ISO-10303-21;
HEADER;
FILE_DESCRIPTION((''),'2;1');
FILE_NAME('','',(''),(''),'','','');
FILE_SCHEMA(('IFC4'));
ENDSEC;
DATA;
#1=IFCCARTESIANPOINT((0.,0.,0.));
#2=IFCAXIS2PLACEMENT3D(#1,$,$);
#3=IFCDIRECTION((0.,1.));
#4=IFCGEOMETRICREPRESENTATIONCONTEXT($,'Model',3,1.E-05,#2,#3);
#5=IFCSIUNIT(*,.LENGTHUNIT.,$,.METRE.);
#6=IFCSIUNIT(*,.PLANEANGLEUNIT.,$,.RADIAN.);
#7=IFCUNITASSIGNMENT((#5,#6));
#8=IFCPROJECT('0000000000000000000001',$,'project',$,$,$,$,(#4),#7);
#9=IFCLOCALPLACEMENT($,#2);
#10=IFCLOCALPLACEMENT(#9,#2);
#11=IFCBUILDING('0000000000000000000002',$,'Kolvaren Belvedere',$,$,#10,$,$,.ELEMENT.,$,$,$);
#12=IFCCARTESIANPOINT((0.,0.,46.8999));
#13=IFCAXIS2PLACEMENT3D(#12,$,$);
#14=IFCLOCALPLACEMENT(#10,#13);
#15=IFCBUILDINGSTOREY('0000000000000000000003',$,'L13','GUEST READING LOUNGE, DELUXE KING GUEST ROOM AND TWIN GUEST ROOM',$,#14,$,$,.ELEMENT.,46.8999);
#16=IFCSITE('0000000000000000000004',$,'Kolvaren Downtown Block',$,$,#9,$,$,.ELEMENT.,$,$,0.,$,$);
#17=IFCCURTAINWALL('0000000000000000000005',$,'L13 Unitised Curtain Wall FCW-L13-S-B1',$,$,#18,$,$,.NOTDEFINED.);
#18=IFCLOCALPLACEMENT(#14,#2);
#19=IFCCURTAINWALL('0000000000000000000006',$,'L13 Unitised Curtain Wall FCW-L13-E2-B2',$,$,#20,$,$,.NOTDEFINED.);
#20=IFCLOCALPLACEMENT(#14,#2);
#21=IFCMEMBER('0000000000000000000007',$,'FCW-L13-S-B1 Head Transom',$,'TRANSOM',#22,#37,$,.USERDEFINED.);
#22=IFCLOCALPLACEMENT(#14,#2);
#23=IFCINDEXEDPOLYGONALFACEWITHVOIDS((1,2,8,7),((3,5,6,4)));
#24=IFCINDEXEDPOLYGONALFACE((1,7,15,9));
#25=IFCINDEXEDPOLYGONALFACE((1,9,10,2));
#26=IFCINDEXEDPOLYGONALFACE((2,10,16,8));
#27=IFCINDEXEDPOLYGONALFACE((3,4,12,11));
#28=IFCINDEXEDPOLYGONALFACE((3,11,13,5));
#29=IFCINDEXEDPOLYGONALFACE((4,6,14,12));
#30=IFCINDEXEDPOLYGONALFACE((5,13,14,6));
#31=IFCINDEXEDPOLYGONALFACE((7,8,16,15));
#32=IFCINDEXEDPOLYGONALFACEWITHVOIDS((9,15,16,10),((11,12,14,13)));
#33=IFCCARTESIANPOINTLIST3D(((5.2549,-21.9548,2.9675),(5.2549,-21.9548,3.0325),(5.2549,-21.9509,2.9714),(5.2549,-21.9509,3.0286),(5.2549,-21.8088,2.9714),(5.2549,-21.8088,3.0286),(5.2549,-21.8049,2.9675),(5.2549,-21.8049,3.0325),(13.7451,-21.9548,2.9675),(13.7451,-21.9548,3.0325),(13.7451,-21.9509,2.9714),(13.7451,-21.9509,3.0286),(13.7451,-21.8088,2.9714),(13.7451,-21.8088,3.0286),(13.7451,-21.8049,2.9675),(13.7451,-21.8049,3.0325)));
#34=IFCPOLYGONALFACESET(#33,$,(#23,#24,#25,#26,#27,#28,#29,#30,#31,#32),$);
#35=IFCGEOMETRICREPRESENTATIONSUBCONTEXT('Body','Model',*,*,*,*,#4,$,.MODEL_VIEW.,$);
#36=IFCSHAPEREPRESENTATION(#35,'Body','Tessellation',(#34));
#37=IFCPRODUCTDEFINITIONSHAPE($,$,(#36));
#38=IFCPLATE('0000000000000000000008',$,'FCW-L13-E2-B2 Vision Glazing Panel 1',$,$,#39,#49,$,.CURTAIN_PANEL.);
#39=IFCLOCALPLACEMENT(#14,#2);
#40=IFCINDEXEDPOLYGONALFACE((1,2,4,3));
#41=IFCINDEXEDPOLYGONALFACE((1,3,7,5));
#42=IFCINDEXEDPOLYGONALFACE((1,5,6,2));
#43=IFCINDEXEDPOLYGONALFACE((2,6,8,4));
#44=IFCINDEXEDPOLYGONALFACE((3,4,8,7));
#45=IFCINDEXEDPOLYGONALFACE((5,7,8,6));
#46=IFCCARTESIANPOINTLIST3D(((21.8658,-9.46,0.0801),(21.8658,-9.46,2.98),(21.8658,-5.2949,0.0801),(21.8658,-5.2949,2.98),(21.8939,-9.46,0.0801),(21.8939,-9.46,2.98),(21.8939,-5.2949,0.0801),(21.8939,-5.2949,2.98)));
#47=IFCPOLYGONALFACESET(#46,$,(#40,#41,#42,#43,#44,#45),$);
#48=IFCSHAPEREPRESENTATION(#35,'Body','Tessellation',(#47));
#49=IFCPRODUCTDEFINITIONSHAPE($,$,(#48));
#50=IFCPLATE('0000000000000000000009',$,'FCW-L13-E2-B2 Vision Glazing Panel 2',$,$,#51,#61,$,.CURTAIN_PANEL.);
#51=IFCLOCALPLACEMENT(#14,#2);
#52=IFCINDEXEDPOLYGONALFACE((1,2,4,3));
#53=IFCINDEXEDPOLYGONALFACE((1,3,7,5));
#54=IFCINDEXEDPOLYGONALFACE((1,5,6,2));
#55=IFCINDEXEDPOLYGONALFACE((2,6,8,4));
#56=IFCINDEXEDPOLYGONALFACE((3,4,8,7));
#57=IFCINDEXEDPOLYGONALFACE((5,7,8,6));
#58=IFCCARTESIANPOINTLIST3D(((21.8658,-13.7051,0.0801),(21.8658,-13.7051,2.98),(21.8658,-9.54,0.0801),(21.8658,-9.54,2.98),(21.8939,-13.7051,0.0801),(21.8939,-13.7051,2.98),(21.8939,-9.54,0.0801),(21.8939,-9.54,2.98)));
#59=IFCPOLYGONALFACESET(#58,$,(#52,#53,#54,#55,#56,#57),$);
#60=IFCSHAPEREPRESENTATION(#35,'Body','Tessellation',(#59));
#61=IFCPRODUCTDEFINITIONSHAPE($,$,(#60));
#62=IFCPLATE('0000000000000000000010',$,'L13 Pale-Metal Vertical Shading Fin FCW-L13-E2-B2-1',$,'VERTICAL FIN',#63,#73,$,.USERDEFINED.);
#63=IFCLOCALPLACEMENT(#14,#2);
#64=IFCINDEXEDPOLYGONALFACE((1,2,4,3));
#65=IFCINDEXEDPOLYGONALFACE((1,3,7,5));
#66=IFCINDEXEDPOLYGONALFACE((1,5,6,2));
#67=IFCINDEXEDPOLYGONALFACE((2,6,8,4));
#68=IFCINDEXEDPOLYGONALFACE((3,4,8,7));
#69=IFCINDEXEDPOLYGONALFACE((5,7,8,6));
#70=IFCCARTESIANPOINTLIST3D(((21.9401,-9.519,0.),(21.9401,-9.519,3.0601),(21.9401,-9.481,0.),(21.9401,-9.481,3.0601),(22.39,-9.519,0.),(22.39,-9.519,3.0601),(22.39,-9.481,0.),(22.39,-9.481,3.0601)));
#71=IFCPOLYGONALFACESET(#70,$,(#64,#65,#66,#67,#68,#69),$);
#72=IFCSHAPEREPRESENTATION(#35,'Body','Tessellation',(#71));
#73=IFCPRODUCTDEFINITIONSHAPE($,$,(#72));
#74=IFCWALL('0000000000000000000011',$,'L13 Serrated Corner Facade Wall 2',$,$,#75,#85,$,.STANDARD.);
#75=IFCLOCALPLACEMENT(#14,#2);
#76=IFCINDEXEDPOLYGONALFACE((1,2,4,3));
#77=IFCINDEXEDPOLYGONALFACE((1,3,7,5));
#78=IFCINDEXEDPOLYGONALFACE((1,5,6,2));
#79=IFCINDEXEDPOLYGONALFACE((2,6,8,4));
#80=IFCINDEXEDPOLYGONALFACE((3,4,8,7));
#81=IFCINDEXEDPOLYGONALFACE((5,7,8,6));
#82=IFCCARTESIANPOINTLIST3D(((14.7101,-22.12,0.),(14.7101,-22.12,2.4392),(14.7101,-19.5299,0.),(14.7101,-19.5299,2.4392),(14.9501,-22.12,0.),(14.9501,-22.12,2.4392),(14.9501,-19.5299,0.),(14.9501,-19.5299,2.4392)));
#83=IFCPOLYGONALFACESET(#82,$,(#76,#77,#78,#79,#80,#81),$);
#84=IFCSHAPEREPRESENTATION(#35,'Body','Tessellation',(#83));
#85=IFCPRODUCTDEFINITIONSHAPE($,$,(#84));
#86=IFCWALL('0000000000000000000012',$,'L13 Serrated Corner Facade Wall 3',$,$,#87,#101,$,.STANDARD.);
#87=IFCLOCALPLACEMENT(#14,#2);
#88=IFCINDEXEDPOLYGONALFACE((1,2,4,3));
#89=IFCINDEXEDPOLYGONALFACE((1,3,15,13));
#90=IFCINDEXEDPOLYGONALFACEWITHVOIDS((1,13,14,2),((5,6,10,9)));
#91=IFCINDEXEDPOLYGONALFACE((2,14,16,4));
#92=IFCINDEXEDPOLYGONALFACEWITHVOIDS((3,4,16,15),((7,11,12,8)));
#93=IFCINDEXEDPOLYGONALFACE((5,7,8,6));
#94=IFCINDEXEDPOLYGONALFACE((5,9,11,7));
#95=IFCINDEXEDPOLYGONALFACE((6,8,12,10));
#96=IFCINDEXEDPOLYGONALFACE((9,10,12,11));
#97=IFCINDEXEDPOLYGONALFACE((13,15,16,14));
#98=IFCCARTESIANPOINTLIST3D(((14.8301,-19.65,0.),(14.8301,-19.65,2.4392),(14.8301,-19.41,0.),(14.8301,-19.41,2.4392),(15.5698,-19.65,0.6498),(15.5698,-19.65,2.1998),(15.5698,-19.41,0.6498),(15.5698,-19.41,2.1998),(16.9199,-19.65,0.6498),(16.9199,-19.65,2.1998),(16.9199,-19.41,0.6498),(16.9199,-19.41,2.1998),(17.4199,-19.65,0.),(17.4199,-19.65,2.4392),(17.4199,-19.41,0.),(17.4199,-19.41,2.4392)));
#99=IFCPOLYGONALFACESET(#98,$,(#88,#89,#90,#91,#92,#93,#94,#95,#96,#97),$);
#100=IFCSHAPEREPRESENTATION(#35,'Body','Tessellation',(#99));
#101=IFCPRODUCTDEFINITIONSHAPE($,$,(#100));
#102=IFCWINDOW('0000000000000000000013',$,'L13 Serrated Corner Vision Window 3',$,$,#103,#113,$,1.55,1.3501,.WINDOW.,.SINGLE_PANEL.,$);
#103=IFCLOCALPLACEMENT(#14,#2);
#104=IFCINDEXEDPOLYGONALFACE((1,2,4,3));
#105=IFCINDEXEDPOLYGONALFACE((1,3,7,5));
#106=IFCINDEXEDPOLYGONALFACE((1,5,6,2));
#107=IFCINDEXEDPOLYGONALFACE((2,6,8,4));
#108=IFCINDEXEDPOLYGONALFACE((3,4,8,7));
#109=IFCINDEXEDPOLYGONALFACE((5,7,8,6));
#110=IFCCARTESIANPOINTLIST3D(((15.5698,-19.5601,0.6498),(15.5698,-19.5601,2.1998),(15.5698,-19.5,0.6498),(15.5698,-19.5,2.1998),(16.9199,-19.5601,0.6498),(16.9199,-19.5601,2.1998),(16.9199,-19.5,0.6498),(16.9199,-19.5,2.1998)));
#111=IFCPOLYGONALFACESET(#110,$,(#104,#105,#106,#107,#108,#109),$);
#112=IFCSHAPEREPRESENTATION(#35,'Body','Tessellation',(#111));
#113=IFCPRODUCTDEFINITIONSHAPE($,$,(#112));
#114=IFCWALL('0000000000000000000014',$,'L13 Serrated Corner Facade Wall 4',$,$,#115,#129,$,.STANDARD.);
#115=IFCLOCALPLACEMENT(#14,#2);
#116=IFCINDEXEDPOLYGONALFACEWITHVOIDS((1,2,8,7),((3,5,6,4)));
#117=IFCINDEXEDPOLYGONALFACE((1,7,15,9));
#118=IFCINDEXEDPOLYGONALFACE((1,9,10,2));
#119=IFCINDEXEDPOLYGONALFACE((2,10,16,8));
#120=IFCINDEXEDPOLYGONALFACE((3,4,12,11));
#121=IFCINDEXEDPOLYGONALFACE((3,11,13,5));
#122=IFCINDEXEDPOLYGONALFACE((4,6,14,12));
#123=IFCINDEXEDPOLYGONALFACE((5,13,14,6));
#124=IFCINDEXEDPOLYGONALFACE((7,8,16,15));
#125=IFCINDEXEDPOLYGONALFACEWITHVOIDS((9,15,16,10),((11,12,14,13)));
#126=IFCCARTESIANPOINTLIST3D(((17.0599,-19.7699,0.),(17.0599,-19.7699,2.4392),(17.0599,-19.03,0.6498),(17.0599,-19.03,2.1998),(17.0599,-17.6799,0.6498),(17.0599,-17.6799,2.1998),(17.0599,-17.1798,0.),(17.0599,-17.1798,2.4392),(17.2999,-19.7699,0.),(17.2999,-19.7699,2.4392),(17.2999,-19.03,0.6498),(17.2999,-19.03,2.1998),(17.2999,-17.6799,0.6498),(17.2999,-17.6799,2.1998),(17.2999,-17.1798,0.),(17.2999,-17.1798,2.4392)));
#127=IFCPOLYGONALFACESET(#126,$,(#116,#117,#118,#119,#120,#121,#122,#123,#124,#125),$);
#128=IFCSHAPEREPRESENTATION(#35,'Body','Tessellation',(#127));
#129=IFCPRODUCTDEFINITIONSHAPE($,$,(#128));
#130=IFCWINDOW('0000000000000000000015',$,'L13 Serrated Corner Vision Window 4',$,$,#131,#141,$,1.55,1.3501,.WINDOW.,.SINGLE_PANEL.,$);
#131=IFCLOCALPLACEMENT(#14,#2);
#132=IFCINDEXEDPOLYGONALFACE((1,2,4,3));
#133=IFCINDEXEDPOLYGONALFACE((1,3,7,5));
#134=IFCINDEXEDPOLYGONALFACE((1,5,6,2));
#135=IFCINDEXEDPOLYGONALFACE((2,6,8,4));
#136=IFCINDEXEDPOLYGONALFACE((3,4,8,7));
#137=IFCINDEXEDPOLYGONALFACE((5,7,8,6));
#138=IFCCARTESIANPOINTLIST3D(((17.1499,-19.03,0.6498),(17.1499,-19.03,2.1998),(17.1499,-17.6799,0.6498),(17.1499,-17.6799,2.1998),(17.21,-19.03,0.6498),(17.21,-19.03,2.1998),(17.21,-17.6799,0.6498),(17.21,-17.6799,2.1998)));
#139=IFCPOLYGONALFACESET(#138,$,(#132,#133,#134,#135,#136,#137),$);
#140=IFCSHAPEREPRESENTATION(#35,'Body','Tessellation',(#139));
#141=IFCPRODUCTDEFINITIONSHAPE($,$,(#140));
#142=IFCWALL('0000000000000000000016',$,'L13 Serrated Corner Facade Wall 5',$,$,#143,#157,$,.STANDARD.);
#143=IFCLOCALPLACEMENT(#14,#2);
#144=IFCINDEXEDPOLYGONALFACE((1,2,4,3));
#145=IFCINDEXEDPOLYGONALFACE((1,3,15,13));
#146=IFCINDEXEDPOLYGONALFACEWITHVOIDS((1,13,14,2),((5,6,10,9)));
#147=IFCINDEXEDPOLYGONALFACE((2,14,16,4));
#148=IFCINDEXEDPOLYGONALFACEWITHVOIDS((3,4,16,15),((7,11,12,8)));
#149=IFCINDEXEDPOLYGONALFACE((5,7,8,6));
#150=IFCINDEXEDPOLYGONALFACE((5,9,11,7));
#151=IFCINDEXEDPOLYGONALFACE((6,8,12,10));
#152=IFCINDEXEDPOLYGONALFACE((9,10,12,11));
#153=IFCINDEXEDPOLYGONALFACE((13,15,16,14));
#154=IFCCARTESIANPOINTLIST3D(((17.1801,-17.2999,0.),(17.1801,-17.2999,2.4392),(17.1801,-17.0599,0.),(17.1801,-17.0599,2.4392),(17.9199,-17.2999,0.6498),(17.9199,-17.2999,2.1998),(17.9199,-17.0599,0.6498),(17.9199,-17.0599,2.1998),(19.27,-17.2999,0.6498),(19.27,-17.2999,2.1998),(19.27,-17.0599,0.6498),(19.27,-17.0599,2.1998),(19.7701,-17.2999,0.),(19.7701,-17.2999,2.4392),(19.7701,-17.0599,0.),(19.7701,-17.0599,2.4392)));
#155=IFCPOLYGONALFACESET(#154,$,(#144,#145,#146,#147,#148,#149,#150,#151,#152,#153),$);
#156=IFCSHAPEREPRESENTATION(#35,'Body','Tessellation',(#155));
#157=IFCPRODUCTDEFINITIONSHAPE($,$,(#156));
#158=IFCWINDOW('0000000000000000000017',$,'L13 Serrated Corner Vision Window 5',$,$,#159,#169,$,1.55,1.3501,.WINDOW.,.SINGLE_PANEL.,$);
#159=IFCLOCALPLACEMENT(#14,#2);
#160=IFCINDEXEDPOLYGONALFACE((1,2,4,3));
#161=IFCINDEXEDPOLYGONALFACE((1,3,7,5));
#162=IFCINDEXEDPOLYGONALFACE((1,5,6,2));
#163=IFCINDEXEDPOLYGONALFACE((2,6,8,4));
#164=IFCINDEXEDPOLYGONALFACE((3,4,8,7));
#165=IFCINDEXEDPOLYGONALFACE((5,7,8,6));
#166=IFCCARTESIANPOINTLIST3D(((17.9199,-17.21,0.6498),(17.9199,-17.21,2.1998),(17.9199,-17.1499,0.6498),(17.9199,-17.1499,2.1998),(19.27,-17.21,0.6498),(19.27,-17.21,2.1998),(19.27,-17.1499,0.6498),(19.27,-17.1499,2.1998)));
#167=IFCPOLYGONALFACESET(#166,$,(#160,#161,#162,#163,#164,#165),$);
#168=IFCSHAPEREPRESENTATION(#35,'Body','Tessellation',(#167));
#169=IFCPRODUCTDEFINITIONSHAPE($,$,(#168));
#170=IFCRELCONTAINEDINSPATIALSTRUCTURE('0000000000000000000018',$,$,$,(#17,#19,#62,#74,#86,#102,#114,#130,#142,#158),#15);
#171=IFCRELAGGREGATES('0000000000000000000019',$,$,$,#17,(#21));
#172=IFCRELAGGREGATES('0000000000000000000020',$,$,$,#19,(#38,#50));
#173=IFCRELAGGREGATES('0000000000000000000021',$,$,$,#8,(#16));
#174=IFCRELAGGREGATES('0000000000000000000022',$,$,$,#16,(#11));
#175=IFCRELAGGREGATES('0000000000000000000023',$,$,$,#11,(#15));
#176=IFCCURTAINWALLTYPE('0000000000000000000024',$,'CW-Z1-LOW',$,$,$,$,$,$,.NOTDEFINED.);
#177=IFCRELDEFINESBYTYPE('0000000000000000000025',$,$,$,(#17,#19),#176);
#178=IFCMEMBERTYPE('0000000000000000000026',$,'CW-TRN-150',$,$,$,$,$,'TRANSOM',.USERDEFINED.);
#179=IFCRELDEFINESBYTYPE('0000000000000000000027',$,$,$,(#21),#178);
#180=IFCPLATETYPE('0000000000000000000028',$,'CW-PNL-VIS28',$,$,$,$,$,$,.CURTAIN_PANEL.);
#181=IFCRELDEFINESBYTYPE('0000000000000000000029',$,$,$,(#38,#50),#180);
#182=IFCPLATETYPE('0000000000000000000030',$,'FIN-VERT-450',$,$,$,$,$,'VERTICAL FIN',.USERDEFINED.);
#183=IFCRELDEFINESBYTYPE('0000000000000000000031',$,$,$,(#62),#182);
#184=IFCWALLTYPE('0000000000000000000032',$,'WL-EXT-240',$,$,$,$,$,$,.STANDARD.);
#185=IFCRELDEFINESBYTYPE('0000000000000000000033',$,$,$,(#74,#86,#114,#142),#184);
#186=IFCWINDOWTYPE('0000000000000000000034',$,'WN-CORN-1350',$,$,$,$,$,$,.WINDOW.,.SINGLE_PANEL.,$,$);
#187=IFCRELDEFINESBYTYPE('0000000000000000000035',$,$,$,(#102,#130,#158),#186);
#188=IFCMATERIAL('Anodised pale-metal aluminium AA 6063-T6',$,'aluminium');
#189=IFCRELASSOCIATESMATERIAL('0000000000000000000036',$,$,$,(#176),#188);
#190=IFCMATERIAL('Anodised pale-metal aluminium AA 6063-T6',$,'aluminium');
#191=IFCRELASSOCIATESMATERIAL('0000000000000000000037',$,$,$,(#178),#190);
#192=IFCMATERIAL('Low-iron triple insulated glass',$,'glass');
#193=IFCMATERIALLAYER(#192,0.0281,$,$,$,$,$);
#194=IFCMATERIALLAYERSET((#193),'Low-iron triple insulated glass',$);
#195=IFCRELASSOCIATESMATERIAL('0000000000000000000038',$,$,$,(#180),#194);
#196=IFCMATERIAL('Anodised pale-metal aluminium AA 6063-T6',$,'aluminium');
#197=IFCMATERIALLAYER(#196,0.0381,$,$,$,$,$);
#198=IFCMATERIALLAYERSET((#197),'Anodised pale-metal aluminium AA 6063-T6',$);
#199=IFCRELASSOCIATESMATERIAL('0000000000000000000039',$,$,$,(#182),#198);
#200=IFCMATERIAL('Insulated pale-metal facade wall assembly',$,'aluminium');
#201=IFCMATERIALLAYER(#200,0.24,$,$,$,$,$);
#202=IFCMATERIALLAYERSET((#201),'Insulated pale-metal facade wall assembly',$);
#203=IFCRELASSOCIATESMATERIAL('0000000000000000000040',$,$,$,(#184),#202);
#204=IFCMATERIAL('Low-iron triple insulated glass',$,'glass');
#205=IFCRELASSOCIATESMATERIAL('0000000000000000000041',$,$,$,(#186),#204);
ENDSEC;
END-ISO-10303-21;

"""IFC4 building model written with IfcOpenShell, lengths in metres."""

from ifc_helpers import new_model, si_unit, direction, frame, frame_2d, origin, origin_2d, place, context, subcontext, project, spatial, rectangle, hollow_rectangle, extrude, material, layer, layer_set, material_profile, profile_set, type_object, element, fill, aggregate, save


model = new_model("IFC4")

# Units and contexts
model_context = context("Model", 3, precision=1e-05, world=origin(), true_north=direction((0.0, 1.0)))
body_context = subcontext(model_context, "Body", "Model", "MODEL_VIEW")
ifc_project = project(units=[si_unit("LENGTHUNIT", "METRE"), si_unit("PLANEANGLEUNIT", "RADIAN")], contexts=[model_context])

# Site, building, storey
site_placement = place(None, origin())
site = spatial("IfcSite", under=ifc_project, at=site_placement, Name="Kolvaren Downtown Block", CompositionType="ELEMENT", RefElevation=0.0)
building_placement = place(site_placement, origin())
building = spatial("IfcBuilding", under=site, at=building_placement, Name="Kolvaren Belvedere", CompositionType="ELEMENT")
storey_placement = place(building_placement, frame((0.0, 0.0, 46.8999)))
storey = spatial("IfcBuildingStorey", under=building, at=storey_placement, Name="L13", Description="GUEST READING LOUNGE, DELUXE KING GUEST ROOM AND TWIN GUEST ROOM", CompositionType="ELEMENT", Elevation=46.8999)

# Curtain wall
ifc_material_1 = material(Name="Anodised pale-metal aluminium AA 6063-T6", Category="aluminium")
curtain_wall_type = type_object("IfcCurtainWallType", Name="CW-Z1-LOW", PredefinedType="NOTDEFINED", material=ifc_material_1)
curtain_wall_1_placement = place(storey_placement, origin())
curtain_wall_1 = element("IfcCurtainWall", 1, at=curtain_wall_1_placement, inside=storey, type_object=curtain_wall_type, Name="L13 Unitised Curtain Wall FCW-L13-S-B1", PredefinedType="NOTDEFINED")

# Curtain wall
curtain_wall_2_placement = place(storey_placement, origin())
curtain_wall_2 = element("IfcCurtainWall", 2, at=curtain_wall_2_placement, inside=storey, type_object=curtain_wall_type, Name="L13 Unitised Curtain Wall FCW-L13-E2-B2", PredefinedType="NOTDEFINED")

# Member
ifc_material_2 = material(Name="Anodised pale-metal aluminium AA 6063-T6", Category="aluminium")
ifc_material_profile_1 = material_profile(ifc_material_2, hollow_rectangle(XDim=0.0649, YDim=0.1499, WallThickness=0.0039, at=origin_2d()), Name="ALU-TRN-150X65")
ifc_profile_set_1 = profile_set([ifc_material_profile_1], Name="Anodised pale-metal aluminium AA 6063-T6")
member_type_1 = type_object("IfcMemberType", Name="CW-TRN-150", ElementType="TRANSOM", PredefinedType="USERDEFINED", material=ifc_profile_set_1)
member_1_placement = place(storey_placement, frame((13.7451, -21.8799, 3.0), z_axis=(-1.0, 0.0, 0.0), x_axis=(0.0, 0.0, 1.0)))
member_1 = element("IfcMember", 3, at=member_1_placement, type_object=member_type_1, Name="FCW-L13-S-B1 Head Transom", ObjectType="TRANSOM", PredefinedType="USERDEFINED", context=body_context, shape_type="SweptSolid", body=[
    extrude(hollow_rectangle(XDim=0.0649, YDim=0.1499, WallThickness=0.0039, at=origin_2d()), origin(), (0.0, 0.0, 1.0), 8.4902),
])
aggregate(curtain_wall_1, [member_1])

# Plates
ifc_material_3 = material(Name="Low-iron triple insulated glass", Category="glass")
ifc_layer_1 = layer(ifc_material_3, 0.0281)
ifc_layer_set_1 = layer_set([ifc_layer_1], Name="Low-iron triple insulated glass")
plate_type_1 = type_object("IfcPlateType", Name="CW-PNL-VIS28", PredefinedType="CURTAIN_PANEL", material=ifc_layer_set_1)
plate_1_placement = place(storey_placement, frame((21.8799, -7.3774, 0.0801), z_axis=(0.0, 0.0, 1.0), x_axis=(0.0, -1.0, 0.0)))
plate_1 = element("IfcPlate", 4, at=plate_1_placement, type_object=plate_type_1, Name="FCW-L13-E2-B2 Vision Glazing Panel 1", PredefinedType="CURTAIN_PANEL", context=body_context, shape_type="SweptSolid", body=[
    extrude(rectangle(XDim=4.165, YDim=0.0281, at=origin_2d()), origin(), (0.0, 0.0, 1.0), 2.8999),
])
plate_2_placement = place(storey_placement, frame((21.8799, -11.6226, 0.0801), z_axis=(0.0, 0.0, 1.0), x_axis=(0.0, -1.0, 0.0)))
plate_2 = element("IfcPlate", 5, at=plate_2_placement, type_object=plate_type_1, Name="FCW-L13-E2-B2 Vision Glazing Panel 2", PredefinedType="CURTAIN_PANEL", context=body_context, shape_type="SweptSolid", body=[
    extrude(rectangle(XDim=4.165, YDim=0.0281, at=origin_2d()), origin(), (0.0, 0.0, 1.0), 2.8999),
])
aggregate(curtain_wall_2, [plate_1, plate_2])
ifc_material_4 = material(Name="Anodised pale-metal aluminium AA 6063-T6", Category="aluminium")
ifc_layer_2 = layer(ifc_material_4, 0.0381)
ifc_layer_set_2 = layer_set([ifc_layer_2], Name="Anodised pale-metal aluminium AA 6063-T6")
plate_type_2 = type_object("IfcPlateType", Name="FIN-VERT-450", ElementType="VERTICAL FIN", PredefinedType="USERDEFINED", material=ifc_layer_set_2)
plate_3_placement = place(storey_placement, frame((22.165, -9.5, 0.0), z_axis=(0.0, 0.0, 1.0), x_axis=(1.0, 0.0, 0.0)))
element("IfcPlate", 6, at=plate_3_placement, inside=storey, type_object=plate_type_2, Name="L13 Pale-Metal Vertical Shading Fin FCW-L13-E2-B2-1", ObjectType="VERTICAL FIN", PredefinedType="USERDEFINED", context=body_context, shape_type="SweptSolid", body=[
    extrude(rectangle(XDim=0.45, YDim=0.0381, at=origin_2d()), origin(), (0.0, 0.0, 1.0), 3.0601),
])

# Wall
ifc_material_5 = material(Name="Insulated pale-metal facade wall assembly", Category="aluminium")
ifc_layer_3 = layer(ifc_material_5, 0.24)
ifc_layer_set_3 = layer_set([ifc_layer_3], Name="Insulated pale-metal facade wall assembly")
wall_type_1 = type_object("IfcWallType", Name="WL-EXT-240", PredefinedType="STANDARD", material=ifc_layer_set_3)
wall_1_placement = place(storey_placement, frame((14.8301, -19.53, 0.0), z_axis=(0.0, 0.0, 1.0), x_axis=(0.0, -1.0, 0.0)))
element("IfcWall", 7, at=wall_1_placement, inside=storey, type_object=wall_type_1, Name="L13 Serrated Corner Facade Wall 2", PredefinedType="STANDARD", context=body_context, shape_type="SweptSolid", body=[
    extrude(rectangle(XDim=2.5901, YDim=0.24, at=frame_2d((1.2949, 0.0))), origin(), (0.0, 0.0, 1.0), 2.4392),
])

# Walls, openings, windows
wall_2_placement = place(storey_placement, frame((17.4199, -19.53, 0.0), z_axis=(0.0, 0.0, 1.0), x_axis=(-1.0, 0.0, 0.0)))
wall_2 = element("IfcWall", 8, at=wall_2_placement, inside=storey, type_object=wall_type_1, Name="L13 Serrated Corner Facade Wall 3", PredefinedType="STANDARD", context=body_context, shape_type="SweptSolid", body=[
    extrude(rectangle(XDim=2.5898, YDim=0.24, at=frame_2d((1.2949, 0.0))), origin(), (0.0, 0.0, 1.0), 2.4392),
])
opening_1_placement = place(wall_2_placement, frame((0.5, 0.0, 0.6499)))
opening_1 = element("IfcOpeningElement", 9, at=opening_1_placement, cuts=wall_2, PredefinedType="OPENING", context=body_context, shape_type="SweptSolid", body=[
    extrude(rectangle(XDim=1.3501, YDim=1.55, at=frame_2d((0.675, 0.7749))), frame((0.0, 0.1299, 0.0), z_axis=(0.0, -1.0, 0.0), x_axis=(1.0, 0.0, 0.0)), (0.0, 0.0, 1.0), 0.26),
])
ifc_material_6 = material(Name="Low-iron triple insulated glass", Category="glass")
window_type = type_object("IfcWindowType", Name="WN-CORN-1350", PartitioningType="SINGLE_PANEL", PredefinedType="WINDOW", material=ifc_material_6)
window_1_placement = place(opening_1_placement, origin())
window_1 = element("IfcWindow", 10, at=window_1_placement, inside=storey, type_object=window_type, Name="L13 Serrated Corner Vision Window 3", OverallHeight=1.55, OverallWidth=1.3501, PartitioningType="SINGLE_PANEL", PredefinedType="WINDOW", context=body_context, shape_type="SweptSolid", body=[
    extrude(rectangle(XDim=1.3501, YDim=1.55, at=frame_2d((0.675, 0.7749))), frame((0.0, 0.03, 0.0), z_axis=(0.0, -1.0, 0.0), x_axis=(1.0, 0.0, 0.0)), (0.0, 0.0, 1.0), 0.0601),
])
fill(opening_1, window_1)
wall_3_placement = place(storey_placement, frame((17.1799, -17.1799, 0.0), z_axis=(0.0, 0.0, 1.0), x_axis=(0.0, -1.0, 0.0)))
wall_3 = element("IfcWall", 11, at=wall_3_placement, inside=storey, type_object=wall_type_1, Name="L13 Serrated Corner Facade Wall 4", PredefinedType="STANDARD", context=body_context, shape_type="SweptSolid", body=[
    extrude(rectangle(XDim=2.5901, YDim=0.24, at=frame_2d((1.2949, 0.0))), origin(), (0.0, 0.0, 1.0), 2.4392),
])
opening_2_placement = place(wall_3_placement, frame((0.5, 0.0, 0.6499)))
opening_2 = element("IfcOpeningElement", 12, at=opening_2_placement, cuts=wall_3, PredefinedType="OPENING", context=body_context, shape_type="SweptSolid", body=[
    extrude(rectangle(XDim=1.3501, YDim=1.55, at=frame_2d((0.675, 0.7749))), frame((0.0, 0.1299, 0.0), z_axis=(0.0, -1.0, 0.0), x_axis=(1.0, 0.0, 0.0)), (0.0, 0.0, 1.0), 0.26),
])
window_2_placement = place(opening_2_placement, origin())
window_2 = element("IfcWindow", 13, at=window_2_placement, inside=storey, type_object=window_type, Name="L13 Serrated Corner Vision Window 4", OverallHeight=1.55, OverallWidth=1.3501, PartitioningType="SINGLE_PANEL", PredefinedType="WINDOW", context=body_context, shape_type="SweptSolid", body=[
    extrude(rectangle(XDim=1.3501, YDim=1.55, at=frame_2d((0.675, 0.7749))), frame((0.0, 0.03, 0.0), z_axis=(0.0, -1.0, 0.0), x_axis=(1.0, 0.0, 0.0)), (0.0, 0.0, 1.0), 0.0601),
])
fill(opening_2, window_2)
wall_4_placement = place(storey_placement, frame((19.77, -17.1799, 0.0), z_axis=(0.0, 0.0, 1.0), x_axis=(-1.0, 0.0, 0.0)))
wall_4 = element("IfcWall", 14, at=wall_4_placement, inside=storey, type_object=wall_type_1, Name="L13 Serrated Corner Facade Wall 5", PredefinedType="STANDARD", context=body_context, shape_type="SweptSolid", body=[
    extrude(rectangle(XDim=2.5901, YDim=0.24, at=frame_2d((1.2949, 0.0))), origin(), (0.0, 0.0, 1.0), 2.4392),
])
opening_3_placement = place(wall_4_placement, frame((0.5, 0.0, 0.6499)))
opening_3 = element("IfcOpeningElement", 15, at=opening_3_placement, cuts=wall_4, PredefinedType="OPENING", context=body_context, shape_type="SweptSolid", body=[
    extrude(rectangle(XDim=1.3501, YDim=1.55, at=frame_2d((0.675, 0.7749))), frame((0.0, 0.1299, 0.0), z_axis=(0.0, -1.0, 0.0), x_axis=(1.0, 0.0, 0.0)), (0.0, 0.0, 1.0), 0.26),
])
window_3_placement = place(opening_3_placement, origin())
window_3 = element("IfcWindow", 16, at=window_3_placement, inside=storey, type_object=window_type, Name="L13 Serrated Corner Vision Window 5", OverallHeight=1.55, OverallWidth=1.3501, PartitioningType="SINGLE_PANEL", PredefinedType="WINDOW", context=body_context, shape_type="SweptSolid", body=[
    extrude(rectangle(XDim=1.3501, YDim=1.55, at=frame_2d((0.675, 0.7749))), frame((0.0, 0.03, 0.0), z_axis=(0.0, -1.0, 0.0), x_axis=(1.0, 0.0, 0.0)), (0.0, 0.0, 1.0), 0.0601),
])
fill(opening_3, window_3)

save(model, "model.ifc")
